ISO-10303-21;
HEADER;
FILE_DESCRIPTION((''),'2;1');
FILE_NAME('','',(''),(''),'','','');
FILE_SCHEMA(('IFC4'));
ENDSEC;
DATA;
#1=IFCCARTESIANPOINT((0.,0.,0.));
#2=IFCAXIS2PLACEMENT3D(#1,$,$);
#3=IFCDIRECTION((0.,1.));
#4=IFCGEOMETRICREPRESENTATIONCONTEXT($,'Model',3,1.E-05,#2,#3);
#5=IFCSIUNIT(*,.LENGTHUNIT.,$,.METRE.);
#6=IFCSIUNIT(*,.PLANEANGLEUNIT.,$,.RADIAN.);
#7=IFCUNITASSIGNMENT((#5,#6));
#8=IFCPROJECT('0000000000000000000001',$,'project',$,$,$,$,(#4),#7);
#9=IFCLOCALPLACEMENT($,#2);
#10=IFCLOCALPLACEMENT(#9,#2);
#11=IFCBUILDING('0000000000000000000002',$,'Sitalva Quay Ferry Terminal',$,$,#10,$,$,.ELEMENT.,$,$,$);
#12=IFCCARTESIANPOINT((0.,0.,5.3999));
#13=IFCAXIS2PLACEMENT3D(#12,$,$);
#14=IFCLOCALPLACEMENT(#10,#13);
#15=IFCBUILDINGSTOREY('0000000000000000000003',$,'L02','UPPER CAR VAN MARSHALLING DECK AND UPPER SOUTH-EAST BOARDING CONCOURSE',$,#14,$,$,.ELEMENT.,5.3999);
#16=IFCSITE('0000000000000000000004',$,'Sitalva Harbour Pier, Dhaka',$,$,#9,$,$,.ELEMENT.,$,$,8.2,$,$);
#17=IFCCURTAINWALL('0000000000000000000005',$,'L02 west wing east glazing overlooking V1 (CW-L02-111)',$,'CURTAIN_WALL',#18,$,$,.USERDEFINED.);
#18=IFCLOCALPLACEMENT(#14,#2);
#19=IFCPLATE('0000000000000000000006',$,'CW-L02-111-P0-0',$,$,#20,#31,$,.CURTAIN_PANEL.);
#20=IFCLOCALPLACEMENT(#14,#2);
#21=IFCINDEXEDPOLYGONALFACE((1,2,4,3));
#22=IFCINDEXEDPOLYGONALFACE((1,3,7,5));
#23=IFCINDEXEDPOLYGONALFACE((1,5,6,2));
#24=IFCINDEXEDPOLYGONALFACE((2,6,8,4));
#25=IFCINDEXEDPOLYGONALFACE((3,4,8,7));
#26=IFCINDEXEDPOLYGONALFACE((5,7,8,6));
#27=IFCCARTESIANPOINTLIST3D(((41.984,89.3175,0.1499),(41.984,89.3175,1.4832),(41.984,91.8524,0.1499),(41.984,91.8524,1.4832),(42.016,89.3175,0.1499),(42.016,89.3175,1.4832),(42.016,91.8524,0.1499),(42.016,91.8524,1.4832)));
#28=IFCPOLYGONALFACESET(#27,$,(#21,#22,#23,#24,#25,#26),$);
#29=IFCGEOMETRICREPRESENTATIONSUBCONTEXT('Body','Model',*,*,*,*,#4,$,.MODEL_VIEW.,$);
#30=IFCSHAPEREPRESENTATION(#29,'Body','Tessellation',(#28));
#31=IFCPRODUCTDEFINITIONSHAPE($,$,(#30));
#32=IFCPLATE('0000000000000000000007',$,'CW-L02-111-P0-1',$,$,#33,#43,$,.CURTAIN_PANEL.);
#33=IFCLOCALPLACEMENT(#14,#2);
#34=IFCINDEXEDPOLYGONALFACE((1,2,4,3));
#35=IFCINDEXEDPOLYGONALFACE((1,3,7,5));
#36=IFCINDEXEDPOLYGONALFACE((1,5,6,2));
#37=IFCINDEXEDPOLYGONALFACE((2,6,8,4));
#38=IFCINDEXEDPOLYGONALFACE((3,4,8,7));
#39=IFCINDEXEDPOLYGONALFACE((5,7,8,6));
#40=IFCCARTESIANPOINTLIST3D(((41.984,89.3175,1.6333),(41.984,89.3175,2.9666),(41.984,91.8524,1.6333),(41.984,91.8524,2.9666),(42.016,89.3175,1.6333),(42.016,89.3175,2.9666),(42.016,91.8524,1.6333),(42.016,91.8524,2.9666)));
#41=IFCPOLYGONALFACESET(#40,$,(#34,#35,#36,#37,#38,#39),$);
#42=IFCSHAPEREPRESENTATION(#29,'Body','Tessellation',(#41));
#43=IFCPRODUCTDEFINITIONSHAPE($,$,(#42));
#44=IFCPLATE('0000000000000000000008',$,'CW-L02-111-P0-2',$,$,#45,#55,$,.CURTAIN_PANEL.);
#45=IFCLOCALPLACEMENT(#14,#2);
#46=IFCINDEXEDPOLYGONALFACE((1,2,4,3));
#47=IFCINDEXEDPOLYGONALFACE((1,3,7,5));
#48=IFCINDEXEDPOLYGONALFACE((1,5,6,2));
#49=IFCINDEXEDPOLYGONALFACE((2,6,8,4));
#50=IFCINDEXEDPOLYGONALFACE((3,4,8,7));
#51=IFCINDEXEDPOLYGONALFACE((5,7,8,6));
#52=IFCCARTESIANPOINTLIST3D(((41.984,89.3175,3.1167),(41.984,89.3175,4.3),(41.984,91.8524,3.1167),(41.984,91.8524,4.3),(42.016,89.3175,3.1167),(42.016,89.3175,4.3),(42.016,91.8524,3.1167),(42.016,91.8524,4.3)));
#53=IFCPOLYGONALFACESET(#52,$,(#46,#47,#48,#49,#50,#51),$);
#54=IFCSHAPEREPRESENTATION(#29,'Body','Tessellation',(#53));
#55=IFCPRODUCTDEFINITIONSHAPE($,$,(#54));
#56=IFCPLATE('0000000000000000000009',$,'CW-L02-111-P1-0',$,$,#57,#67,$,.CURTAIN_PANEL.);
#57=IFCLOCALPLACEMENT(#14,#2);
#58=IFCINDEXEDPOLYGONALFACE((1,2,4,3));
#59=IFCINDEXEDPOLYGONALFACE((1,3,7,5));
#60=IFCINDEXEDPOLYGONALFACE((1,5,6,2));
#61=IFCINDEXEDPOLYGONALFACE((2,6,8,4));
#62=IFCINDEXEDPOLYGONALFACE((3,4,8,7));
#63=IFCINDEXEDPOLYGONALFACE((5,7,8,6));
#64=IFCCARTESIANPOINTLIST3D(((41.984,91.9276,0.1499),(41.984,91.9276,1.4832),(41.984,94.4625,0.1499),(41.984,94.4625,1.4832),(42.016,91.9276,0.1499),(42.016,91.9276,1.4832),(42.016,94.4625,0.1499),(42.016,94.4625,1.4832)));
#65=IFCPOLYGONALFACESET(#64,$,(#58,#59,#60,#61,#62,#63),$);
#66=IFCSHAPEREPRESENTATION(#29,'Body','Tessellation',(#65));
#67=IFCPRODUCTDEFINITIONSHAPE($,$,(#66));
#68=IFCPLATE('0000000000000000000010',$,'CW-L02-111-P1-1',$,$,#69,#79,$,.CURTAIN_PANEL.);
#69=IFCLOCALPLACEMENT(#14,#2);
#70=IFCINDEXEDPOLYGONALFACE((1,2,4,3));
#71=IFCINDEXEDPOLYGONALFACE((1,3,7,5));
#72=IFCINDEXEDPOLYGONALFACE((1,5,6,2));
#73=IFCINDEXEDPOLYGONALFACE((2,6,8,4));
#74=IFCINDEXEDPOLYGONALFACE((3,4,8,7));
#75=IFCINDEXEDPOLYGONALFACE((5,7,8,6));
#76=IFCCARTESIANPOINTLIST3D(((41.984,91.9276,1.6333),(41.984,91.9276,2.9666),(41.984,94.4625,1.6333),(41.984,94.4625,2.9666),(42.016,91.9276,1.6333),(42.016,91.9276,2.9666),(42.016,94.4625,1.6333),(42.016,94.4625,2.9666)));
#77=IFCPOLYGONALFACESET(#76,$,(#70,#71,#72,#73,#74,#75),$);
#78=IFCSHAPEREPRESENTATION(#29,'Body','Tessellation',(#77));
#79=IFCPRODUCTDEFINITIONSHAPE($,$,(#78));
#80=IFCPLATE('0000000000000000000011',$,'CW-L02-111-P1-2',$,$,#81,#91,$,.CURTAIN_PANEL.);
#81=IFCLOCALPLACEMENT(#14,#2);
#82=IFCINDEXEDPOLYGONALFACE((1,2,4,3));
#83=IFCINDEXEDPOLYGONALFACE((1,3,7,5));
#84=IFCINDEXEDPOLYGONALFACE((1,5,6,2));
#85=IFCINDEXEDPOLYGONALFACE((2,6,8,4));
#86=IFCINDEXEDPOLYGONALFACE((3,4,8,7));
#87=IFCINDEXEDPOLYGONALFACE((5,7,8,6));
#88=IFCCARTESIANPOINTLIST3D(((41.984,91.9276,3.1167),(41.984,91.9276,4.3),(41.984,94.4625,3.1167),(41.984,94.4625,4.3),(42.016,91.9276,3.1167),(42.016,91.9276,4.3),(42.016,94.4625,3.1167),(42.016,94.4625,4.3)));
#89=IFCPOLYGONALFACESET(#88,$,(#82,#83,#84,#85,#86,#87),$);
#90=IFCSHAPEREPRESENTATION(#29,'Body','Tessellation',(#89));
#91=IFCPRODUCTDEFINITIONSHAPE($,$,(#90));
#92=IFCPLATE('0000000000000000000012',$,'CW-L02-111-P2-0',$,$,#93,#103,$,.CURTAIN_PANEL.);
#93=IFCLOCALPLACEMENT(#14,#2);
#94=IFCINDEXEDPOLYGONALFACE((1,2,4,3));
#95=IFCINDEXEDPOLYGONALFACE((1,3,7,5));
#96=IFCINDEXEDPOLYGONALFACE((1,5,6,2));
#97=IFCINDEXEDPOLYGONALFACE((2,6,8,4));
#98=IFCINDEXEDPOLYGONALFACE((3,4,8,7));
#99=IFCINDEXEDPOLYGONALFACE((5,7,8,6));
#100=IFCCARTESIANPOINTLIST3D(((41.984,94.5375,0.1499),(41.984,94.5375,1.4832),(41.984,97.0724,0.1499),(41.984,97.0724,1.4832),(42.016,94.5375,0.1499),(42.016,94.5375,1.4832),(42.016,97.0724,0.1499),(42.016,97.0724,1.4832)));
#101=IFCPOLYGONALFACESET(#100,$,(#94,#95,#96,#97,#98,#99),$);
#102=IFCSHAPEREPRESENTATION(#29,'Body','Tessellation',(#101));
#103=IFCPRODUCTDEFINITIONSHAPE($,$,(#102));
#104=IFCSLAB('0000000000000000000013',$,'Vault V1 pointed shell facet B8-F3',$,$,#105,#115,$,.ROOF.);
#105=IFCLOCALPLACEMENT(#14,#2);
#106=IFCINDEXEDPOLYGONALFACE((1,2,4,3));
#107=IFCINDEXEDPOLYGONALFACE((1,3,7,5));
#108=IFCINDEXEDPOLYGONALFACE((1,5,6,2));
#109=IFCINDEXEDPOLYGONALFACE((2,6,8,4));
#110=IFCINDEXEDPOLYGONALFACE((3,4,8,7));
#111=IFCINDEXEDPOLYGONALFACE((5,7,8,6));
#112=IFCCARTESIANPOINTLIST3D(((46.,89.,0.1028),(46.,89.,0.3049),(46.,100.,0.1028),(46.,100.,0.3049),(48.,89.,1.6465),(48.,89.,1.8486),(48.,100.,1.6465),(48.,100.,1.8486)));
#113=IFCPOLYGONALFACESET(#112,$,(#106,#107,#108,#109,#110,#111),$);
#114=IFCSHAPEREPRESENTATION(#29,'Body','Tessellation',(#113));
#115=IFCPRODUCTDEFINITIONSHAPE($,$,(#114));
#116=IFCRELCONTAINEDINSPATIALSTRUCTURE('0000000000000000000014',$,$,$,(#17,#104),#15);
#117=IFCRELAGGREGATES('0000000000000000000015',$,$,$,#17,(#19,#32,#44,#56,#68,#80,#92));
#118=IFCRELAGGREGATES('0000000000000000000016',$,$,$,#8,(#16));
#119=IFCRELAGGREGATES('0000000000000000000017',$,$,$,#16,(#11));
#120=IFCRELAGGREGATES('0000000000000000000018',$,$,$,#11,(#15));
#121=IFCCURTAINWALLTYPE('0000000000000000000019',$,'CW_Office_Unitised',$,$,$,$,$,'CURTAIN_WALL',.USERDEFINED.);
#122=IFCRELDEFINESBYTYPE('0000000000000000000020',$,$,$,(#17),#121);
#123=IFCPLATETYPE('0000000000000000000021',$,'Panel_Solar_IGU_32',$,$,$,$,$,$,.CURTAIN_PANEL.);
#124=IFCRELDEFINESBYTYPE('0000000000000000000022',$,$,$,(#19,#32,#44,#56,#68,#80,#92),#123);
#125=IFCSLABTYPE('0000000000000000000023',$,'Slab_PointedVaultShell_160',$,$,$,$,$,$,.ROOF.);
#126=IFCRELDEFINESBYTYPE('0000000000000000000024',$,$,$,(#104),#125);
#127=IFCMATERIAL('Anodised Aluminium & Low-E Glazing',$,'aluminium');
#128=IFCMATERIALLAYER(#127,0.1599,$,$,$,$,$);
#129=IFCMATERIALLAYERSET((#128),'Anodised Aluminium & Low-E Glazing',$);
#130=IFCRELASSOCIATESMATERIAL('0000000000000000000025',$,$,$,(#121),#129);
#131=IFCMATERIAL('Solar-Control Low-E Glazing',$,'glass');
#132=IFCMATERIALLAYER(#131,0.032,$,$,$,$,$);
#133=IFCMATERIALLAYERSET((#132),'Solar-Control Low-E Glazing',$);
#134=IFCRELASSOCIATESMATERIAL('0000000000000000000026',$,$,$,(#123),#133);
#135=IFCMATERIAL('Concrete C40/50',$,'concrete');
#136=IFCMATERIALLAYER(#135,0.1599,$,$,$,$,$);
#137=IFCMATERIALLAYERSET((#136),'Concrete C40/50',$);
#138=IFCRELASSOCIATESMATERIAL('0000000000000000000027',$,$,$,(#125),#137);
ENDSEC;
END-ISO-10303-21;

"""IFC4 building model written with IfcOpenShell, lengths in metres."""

from ifc_helpers import new_model, si_unit, direction, frame, origin, origin_2d, place, context, subcontext, project, spatial, polyline, rectangle, outline, extrude, material, layer, layer_set, type_object, element, aggregate, save


model = new_model("IFC4")

# Units and contexts
model_context = context("Model", 3, precision=1e-05, world=origin(), true_north=direction((0.0, 1.0)))
body_context = subcontext(model_context, "Body", "Model", "MODEL_VIEW")
ifc_project = project(units=[si_unit("LENGTHUNIT", "METRE"), si_unit("PLANEANGLEUNIT", "RADIAN")], contexts=[model_context])

# Site, building, storey
site_placement = place(None, origin())
site = spatial("IfcSite", under=ifc_project, at=site_placement, Name="Sitalva Harbour Pier, Dhaka", CompositionType="ELEMENT", RefElevation=8.2)
building_placement = place(site_placement, origin())
building = spatial("IfcBuilding", under=site, at=building_placement, Name="Sitalva Quay Ferry Terminal", CompositionType="ELEMENT")
storey_placement = place(building_placement, frame((0.0, 0.0, 5.3999)))
storey = spatial("IfcBuildingStorey", under=building, at=storey_placement, Name="L02", Description="UPPER CAR VAN MARSHALLING DECK AND UPPER SOUTH-EAST BOARDING CONCOURSE", CompositionType="ELEMENT", Elevation=5.3999)

# Curtain wall, plates
ifc_material_1 = material(Name="Anodised Aluminium & Low-E Glazing", Category="aluminium")
ifc_layer_1 = layer(ifc_material_1, 0.1599)
ifc_layer_set_1 = layer_set([ifc_layer_1], Name="Anodised Aluminium & Low-E Glazing")
curtain_wall_type = type_object("IfcCurtainWallType", Name="CW_Office_Unitised", ElementType="CURTAIN_WALL", PredefinedType="USERDEFINED", material=ifc_layer_set_1)
curtain_wall_placement = place(storey_placement, origin())
curtain_wall = element("IfcCurtainWall", 1, at=curtain_wall_placement, inside=storey, type_object=curtain_wall_type, Name="L02 west wing east glazing overlooking V1 (CW-L02-111)", ObjectType="CURTAIN_WALL", PredefinedType="USERDEFINED")
ifc_material_2 = material(Name="Solar-Control Low-E Glazing", Category="glass")
ifc_layer_2 = layer(ifc_material_2, 0.032)
ifc_layer_set_2 = layer_set([ifc_layer_2], Name="Solar-Control Low-E Glazing")
plate_type = type_object("IfcPlateType", Name="Panel_Solar_IGU_32", PredefinedType="CURTAIN_PANEL", material=ifc_layer_set_2)
plate_1_placement = place(storey_placement, frame((42.0, 90.585, 0.1499), z_axis=(0.0, 0.0, 1.0), x_axis=(0.0, 1.0, 0.0)))
plate_1 = element("IfcPlate", 2, at=plate_1_placement, type_object=plate_type, Name="CW-L02-111-P0-0", PredefinedType="CURTAIN_PANEL", context=body_context, shape_type="SweptSolid", body=[
    extrude(rectangle(XDim=2.5349, YDim=0.032, at=origin_2d()), origin(), (0.0, 0.0, 1.0), 1.3333),
])
plate_2_placement = place(storey_placement, frame((42.0, 90.585, 1.6333), z_axis=(0.0, 0.0, 1.0), x_axis=(0.0, 1.0, 0.0)))
plate_2 = element("IfcPlate", 3, at=plate_2_placement, type_object=plate_type, Name="CW-L02-111-P0-1", PredefinedType="CURTAIN_PANEL", context=body_context, shape_type="SweptSolid", body=[
    extrude(rectangle(XDim=2.5349, YDim=0.032, at=origin_2d()), origin(), (0.0, 0.0, 1.0), 1.3333),
])
plate_3_placement = place(storey_placement, frame((42.0, 90.585, 3.1167), z_axis=(0.0, 0.0, 1.0), x_axis=(0.0, 1.0, 0.0)))
plate_3 = element("IfcPlate", 4, at=plate_3_placement, type_object=plate_type, Name="CW-L02-111-P0-2", PredefinedType="CURTAIN_PANEL", context=body_context, shape_type="SweptSolid", body=[
    extrude(rectangle(XDim=2.5349, YDim=0.032, at=origin_2d()), origin(), (0.0, 0.0, 1.0), 1.1833),
])
plate_4_placement = place(storey_placement, frame((42.0, 93.1951, 0.1499), z_axis=(0.0, 0.0, 1.0), x_axis=(0.0, 1.0, 0.0)))
plate_4 = element("IfcPlate", 5, at=plate_4_placement, type_object=plate_type, Name="CW-L02-111-P1-0", PredefinedType="CURTAIN_PANEL", context=body_context, shape_type="SweptSolid", body=[
    extrude(rectangle(XDim=2.5349, YDim=0.032, at=origin_2d()), origin(), (0.0, 0.0, 1.0), 1.3333),
])
plate_5_placement = place(storey_placement, frame((42.0, 93.1951, 1.6333), z_axis=(0.0, 0.0, 1.0), x_axis=(0.0, 1.0, 0.0)))
plate_5 = element("IfcPlate", 6, at=plate_5_placement, type_object=plate_type, Name="CW-L02-111-P1-1", PredefinedType="CURTAIN_PANEL", context=body_context, shape_type="SweptSolid", body=[
    extrude(rectangle(XDim=2.5349, YDim=0.032, at=origin_2d()), origin(), (0.0, 0.0, 1.0), 1.3333),
])
plate_6_placement = place(storey_placement, frame((42.0, 93.1951, 3.1167), z_axis=(0.0, 0.0, 1.0), x_axis=(0.0, 1.0, 0.0)))
plate_6 = element("IfcPlate", 7, at=plate_6_placement, type_object=plate_type, Name="CW-L02-111-P1-2", PredefinedType="CURTAIN_PANEL", context=body_context, shape_type="SweptSolid", body=[
    extrude(rectangle(XDim=2.5349, YDim=0.032, at=origin_2d()), origin(), (0.0, 0.0, 1.0), 1.1833),
])
plate_7_placement = place(storey_placement, frame((42.0, 95.8049, 0.1499), z_axis=(0.0, 0.0, 1.0), x_axis=(0.0, 1.0, 0.0)))
plate_7 = element("IfcPlate", 8, at=plate_7_placement, type_object=plate_type, Name="CW-L02-111-P2-0", PredefinedType="CURTAIN_PANEL", context=body_context, shape_type="SweptSolid", body=[
    extrude(rectangle(XDim=2.5349, YDim=0.032, at=origin_2d()), origin(), (0.0, 0.0, 1.0), 1.3333),
])
aggregate(curtain_wall, [plate_1, plate_2, plate_3, plate_4, plate_5, plate_6, plate_7])

# Slab
ifc_material_3 = material(Name="Concrete C40/50", Category="concrete")
ifc_layer_3 = layer(ifc_material_3, 0.1599)
ifc_layer_set_3 = layer_set([ifc_layer_3], Name="Concrete C40/50")
slab_type = type_object("IfcSlabType", Name="Slab_PointedVaultShell_160", PredefinedType="ROOF", material=ifc_layer_set_3)
slab_placement = place(storey_placement, frame((46.0, 89.0, 0.3049), z_axis=(-0.611013, 0.0, 0.791621), x_axis=(0.791621, 0.0, 0.611013)))
element("IfcSlab", 9, at=slab_placement, inside=storey, type_object=slab_type, Name="Vault V1 pointed shell facet B8-F3", PredefinedType="ROOF", context=body_context, shape_type="SweptSolid", body=[
    extrude(outline(polyline([(0.0, 0.0), (2.5265, 0.0), (2.5265, 11.0), (0.0, 11.0), (0.0, 0.0)])), origin(), (-0.611013, 0.0, -0.791621), 0.2021),
])

save(model, "model.ifc")
